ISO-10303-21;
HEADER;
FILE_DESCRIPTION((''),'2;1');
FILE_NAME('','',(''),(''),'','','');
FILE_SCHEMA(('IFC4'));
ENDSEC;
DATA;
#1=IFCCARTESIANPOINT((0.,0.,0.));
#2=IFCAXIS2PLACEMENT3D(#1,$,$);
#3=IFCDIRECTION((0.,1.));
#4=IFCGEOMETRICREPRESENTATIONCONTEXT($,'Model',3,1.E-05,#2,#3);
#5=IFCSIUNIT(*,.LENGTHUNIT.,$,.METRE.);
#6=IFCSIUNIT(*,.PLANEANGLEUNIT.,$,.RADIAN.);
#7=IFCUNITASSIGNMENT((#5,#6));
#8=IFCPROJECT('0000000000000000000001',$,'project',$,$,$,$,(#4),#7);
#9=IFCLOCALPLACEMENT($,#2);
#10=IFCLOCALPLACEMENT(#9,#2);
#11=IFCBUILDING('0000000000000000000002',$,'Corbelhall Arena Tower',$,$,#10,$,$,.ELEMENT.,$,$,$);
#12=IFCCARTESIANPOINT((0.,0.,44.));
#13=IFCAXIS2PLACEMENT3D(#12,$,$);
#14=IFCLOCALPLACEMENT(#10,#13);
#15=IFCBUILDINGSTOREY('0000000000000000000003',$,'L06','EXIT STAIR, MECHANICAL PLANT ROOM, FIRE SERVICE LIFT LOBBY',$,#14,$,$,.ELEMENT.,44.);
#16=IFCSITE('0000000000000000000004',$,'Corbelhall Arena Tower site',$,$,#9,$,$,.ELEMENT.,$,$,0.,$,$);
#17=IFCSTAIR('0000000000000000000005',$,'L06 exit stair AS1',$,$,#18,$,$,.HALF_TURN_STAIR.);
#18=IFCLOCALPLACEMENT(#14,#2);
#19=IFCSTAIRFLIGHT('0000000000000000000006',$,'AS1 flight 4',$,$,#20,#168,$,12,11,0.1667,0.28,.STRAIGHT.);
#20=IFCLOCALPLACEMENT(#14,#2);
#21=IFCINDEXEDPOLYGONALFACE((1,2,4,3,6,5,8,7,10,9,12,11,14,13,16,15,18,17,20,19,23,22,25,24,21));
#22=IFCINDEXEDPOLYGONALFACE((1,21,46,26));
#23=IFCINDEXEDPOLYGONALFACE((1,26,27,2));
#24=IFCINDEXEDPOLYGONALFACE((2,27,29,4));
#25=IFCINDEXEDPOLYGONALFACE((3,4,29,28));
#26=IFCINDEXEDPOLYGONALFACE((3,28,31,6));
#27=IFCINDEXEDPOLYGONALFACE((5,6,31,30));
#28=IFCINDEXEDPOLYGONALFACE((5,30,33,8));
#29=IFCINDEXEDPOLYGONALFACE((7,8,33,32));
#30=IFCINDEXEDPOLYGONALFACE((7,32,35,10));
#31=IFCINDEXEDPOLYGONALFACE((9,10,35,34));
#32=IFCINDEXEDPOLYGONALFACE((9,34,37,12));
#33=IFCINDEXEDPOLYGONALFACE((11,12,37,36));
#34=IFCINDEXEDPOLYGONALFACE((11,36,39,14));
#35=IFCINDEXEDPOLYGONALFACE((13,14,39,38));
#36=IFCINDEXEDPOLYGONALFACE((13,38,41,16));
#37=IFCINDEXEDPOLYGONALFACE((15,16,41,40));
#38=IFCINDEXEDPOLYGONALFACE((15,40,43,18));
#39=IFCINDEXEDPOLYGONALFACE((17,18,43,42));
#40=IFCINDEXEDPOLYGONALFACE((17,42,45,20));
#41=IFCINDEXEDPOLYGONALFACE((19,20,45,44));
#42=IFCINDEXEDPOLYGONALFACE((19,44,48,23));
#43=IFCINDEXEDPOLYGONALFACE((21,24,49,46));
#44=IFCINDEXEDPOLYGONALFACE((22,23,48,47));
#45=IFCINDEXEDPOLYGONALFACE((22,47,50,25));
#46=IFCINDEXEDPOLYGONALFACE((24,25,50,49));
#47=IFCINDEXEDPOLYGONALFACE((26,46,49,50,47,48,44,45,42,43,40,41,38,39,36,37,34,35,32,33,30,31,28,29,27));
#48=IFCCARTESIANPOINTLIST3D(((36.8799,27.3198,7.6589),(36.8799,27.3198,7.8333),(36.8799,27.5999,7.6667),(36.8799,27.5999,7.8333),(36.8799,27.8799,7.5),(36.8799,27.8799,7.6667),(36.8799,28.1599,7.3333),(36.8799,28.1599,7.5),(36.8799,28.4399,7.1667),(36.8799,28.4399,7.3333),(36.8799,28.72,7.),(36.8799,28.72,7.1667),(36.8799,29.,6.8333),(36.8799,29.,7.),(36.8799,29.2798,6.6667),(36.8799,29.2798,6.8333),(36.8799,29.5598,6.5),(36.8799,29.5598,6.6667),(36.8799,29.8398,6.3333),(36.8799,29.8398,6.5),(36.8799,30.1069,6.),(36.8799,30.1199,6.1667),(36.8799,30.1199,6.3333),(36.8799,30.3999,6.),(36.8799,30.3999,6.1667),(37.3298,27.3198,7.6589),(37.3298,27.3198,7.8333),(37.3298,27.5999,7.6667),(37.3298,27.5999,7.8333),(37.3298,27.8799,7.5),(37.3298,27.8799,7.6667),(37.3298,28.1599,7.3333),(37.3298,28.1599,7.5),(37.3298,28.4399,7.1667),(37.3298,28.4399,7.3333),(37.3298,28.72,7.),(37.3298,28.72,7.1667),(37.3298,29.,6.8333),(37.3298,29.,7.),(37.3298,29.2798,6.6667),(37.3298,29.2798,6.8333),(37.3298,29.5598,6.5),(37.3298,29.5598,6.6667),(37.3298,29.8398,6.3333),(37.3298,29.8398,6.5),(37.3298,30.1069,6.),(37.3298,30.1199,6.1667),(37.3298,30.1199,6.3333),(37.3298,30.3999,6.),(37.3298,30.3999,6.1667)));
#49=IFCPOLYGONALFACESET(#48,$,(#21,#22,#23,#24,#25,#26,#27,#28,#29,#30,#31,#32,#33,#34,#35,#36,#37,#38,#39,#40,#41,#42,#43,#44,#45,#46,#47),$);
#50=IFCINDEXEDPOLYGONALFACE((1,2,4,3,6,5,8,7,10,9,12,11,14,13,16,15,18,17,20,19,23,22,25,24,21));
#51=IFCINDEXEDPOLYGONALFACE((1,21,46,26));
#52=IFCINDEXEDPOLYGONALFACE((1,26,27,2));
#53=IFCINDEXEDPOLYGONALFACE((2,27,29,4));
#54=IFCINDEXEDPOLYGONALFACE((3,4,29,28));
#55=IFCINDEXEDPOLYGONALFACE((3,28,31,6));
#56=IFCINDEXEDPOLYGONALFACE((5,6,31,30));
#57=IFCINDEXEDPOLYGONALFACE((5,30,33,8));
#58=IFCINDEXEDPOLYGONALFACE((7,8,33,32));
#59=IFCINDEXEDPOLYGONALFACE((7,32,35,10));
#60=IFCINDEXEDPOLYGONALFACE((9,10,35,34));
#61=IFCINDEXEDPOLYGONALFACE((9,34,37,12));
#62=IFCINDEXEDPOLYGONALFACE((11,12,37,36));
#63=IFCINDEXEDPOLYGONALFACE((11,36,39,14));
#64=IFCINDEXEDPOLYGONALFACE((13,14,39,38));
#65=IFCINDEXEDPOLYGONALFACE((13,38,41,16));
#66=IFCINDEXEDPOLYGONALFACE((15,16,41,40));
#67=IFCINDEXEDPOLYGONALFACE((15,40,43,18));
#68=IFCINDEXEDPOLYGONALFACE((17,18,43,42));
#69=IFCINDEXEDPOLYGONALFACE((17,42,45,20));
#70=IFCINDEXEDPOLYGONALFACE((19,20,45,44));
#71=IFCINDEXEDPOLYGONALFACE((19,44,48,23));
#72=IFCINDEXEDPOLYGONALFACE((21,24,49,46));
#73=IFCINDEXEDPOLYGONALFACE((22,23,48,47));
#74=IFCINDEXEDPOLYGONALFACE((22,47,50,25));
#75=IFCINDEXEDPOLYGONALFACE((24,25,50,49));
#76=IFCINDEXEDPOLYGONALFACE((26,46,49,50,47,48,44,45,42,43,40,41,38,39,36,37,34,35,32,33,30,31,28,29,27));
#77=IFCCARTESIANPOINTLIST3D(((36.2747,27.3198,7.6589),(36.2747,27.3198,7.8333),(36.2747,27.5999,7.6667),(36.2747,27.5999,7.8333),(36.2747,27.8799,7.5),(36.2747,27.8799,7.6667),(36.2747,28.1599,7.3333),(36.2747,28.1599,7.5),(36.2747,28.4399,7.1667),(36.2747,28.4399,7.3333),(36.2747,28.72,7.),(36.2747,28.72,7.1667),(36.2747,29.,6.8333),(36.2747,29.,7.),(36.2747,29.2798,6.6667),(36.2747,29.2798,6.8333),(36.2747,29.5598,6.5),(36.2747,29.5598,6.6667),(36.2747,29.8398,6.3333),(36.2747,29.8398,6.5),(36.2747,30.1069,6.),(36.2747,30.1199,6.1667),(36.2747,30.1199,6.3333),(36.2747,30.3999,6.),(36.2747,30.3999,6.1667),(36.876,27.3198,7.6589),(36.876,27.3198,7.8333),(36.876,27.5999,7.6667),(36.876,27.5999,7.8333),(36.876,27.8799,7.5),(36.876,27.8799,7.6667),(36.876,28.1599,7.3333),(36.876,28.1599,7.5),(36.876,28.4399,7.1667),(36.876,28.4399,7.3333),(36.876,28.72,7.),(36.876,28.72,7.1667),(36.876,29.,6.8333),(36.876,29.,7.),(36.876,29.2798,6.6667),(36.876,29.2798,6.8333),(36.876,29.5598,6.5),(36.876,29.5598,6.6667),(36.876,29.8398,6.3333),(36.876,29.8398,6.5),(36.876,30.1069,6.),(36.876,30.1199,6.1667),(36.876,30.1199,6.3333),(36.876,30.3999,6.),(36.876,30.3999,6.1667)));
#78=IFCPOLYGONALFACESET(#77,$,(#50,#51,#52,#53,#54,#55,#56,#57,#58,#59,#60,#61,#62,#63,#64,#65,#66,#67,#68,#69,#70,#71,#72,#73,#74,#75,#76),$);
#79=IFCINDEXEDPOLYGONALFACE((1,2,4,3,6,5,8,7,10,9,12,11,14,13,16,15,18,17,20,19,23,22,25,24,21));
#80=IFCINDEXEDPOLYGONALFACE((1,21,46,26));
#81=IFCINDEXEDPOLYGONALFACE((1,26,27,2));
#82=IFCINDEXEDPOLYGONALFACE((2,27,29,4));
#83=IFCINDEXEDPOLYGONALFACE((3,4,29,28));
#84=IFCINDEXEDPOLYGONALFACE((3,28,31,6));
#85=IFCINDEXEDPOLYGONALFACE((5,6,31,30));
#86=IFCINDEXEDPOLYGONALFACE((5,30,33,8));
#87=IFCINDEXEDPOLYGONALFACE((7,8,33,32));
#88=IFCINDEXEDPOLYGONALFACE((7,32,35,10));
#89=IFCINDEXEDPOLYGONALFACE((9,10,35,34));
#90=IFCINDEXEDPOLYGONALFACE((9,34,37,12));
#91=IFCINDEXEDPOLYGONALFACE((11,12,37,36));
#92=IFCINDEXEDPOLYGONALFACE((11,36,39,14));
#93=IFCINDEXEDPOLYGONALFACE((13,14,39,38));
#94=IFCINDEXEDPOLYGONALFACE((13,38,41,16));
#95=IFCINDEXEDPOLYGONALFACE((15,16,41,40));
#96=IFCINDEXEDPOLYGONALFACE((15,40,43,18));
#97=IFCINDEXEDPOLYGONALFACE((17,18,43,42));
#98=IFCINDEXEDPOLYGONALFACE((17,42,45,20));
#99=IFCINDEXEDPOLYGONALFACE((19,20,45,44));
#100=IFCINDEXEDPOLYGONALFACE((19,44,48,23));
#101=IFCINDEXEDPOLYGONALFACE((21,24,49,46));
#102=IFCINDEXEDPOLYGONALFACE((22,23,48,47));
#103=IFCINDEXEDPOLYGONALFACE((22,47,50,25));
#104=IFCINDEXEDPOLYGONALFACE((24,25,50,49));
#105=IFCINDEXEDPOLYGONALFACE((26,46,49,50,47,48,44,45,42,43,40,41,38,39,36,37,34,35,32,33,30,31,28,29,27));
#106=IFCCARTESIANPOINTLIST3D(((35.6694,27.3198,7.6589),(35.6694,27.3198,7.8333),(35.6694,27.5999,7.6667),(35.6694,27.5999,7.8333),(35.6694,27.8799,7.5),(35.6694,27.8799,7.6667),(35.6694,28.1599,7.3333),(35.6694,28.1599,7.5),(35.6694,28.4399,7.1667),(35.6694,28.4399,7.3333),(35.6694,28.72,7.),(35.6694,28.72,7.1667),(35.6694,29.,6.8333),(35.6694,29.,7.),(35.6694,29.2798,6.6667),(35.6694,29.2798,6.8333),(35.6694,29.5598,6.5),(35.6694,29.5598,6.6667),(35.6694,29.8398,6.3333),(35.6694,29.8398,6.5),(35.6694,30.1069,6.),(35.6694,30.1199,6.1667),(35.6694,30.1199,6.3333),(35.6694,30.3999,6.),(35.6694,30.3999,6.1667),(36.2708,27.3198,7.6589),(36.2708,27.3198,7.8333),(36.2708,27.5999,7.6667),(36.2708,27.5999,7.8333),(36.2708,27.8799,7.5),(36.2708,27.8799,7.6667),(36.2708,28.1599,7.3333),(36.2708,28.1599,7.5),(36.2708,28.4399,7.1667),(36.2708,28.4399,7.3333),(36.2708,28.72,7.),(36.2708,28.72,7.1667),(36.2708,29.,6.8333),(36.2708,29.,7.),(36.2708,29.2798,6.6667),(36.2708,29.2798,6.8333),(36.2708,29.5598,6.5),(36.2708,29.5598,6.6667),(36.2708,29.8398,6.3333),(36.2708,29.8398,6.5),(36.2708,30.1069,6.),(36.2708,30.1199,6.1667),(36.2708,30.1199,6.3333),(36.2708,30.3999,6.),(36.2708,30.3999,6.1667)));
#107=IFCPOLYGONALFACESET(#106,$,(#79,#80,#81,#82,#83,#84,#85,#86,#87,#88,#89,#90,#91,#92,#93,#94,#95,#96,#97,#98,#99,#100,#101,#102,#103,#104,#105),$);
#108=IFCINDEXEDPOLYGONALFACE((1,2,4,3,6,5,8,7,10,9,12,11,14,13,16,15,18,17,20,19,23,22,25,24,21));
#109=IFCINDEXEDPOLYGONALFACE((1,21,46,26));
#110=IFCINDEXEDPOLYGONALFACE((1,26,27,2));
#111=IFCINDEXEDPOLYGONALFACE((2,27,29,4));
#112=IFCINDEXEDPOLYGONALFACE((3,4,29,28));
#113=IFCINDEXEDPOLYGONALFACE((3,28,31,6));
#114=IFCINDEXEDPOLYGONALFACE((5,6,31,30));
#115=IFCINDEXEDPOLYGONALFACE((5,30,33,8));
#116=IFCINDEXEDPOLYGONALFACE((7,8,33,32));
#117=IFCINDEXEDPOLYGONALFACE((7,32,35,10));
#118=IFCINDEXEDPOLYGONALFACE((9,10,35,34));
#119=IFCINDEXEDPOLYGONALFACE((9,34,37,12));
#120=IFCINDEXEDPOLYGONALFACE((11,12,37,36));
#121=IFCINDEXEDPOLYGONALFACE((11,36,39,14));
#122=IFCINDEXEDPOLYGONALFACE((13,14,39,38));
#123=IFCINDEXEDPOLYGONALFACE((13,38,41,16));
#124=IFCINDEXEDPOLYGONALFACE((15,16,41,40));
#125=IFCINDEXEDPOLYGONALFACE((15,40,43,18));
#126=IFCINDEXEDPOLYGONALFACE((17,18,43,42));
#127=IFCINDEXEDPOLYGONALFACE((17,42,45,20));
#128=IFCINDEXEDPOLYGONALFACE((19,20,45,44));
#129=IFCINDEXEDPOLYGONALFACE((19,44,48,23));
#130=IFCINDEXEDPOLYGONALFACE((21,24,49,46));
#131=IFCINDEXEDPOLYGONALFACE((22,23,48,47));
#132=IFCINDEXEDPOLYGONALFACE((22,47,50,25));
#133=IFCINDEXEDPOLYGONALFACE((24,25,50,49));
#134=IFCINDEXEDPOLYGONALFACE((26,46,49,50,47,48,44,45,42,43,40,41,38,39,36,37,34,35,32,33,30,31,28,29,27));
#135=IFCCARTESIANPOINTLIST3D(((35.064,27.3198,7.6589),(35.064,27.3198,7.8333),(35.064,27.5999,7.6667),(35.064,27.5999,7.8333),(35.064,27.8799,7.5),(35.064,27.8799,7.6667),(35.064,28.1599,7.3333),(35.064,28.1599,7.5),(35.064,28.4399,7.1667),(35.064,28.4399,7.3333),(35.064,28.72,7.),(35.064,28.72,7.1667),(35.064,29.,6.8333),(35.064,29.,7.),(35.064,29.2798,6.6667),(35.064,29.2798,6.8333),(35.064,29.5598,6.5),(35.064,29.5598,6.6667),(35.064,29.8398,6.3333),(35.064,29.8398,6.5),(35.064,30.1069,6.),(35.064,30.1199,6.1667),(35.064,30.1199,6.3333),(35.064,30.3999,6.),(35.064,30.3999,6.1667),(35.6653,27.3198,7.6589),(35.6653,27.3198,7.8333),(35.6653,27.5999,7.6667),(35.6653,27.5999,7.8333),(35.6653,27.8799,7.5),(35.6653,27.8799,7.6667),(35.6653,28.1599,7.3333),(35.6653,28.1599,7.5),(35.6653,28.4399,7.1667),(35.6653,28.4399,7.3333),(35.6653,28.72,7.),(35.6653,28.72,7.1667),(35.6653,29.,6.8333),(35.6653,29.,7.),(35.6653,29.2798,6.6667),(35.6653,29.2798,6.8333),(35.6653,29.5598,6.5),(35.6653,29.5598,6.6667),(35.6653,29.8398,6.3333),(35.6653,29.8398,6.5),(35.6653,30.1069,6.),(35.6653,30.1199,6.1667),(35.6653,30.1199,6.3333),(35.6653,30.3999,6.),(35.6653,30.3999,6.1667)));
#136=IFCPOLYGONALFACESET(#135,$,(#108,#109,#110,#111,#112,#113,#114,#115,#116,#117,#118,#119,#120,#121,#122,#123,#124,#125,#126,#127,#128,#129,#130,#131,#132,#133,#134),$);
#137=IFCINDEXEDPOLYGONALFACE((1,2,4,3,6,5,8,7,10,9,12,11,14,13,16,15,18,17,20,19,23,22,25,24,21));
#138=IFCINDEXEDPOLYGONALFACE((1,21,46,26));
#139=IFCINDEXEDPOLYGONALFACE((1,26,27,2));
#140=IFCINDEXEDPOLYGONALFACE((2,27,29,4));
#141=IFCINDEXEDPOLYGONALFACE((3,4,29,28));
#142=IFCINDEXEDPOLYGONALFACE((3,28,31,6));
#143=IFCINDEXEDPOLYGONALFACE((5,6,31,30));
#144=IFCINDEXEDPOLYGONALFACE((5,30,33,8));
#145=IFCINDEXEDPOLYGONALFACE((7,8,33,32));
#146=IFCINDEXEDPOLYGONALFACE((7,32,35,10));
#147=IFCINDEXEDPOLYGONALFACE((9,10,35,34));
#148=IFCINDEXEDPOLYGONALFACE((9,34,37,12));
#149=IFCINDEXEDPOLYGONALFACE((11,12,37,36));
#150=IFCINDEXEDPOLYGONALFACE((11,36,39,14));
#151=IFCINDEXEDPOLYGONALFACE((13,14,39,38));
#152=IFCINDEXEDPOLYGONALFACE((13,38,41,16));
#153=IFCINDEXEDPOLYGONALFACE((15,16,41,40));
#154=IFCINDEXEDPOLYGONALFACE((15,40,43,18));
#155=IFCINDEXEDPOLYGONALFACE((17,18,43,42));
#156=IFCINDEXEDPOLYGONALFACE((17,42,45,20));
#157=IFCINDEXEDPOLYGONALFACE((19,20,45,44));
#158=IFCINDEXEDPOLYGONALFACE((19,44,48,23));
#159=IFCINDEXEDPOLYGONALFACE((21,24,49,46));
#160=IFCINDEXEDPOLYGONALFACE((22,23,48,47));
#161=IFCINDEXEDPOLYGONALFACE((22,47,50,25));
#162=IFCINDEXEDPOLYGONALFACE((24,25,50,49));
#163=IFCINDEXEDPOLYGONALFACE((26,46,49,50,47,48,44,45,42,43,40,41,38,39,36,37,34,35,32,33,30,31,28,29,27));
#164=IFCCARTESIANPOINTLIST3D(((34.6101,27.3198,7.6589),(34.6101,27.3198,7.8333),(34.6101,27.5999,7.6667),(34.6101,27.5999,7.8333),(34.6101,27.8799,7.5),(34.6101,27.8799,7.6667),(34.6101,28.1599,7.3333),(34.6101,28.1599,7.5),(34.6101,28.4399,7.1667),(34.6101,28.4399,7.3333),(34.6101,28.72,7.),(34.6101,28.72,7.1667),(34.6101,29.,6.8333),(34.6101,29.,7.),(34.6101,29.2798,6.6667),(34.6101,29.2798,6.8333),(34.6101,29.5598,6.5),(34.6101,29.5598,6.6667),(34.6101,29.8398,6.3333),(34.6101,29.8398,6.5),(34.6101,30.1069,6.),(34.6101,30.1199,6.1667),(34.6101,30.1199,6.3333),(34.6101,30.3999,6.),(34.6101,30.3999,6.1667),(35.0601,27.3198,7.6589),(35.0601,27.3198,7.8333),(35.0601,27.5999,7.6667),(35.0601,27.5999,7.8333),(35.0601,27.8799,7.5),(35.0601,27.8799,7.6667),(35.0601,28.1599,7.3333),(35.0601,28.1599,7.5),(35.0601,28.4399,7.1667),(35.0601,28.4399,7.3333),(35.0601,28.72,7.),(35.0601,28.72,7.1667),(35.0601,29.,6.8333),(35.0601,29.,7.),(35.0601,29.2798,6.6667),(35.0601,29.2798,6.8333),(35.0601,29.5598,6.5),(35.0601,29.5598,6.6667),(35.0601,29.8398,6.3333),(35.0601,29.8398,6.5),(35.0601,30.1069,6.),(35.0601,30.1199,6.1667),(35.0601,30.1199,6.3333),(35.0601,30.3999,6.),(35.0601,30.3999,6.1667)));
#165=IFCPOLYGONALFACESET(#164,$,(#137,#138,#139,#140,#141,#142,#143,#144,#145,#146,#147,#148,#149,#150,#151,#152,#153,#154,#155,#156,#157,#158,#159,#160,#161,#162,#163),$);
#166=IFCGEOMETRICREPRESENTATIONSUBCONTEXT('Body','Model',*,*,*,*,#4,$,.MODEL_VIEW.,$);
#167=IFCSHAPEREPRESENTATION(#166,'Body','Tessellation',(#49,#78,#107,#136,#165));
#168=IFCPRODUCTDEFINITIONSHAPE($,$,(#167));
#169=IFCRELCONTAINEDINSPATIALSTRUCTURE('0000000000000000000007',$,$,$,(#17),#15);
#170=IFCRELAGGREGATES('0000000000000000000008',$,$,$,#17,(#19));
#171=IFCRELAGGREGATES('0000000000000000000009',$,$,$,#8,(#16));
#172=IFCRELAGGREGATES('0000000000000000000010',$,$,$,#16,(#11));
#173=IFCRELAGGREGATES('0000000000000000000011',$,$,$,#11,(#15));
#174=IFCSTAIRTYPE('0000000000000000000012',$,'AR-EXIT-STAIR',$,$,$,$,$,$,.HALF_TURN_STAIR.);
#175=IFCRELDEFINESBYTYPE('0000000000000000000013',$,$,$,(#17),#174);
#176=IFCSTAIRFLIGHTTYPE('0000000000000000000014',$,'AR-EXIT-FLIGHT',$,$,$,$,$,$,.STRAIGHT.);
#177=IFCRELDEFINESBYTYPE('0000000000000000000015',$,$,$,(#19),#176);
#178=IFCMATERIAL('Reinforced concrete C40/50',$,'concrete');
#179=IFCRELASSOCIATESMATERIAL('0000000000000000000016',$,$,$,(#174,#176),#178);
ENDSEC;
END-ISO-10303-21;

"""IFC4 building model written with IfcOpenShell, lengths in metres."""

from ifc_helpers import new_model, si_unit, direction, frame, origin, place, context, subcontext, project, spatial, polyline, outline, extrude, material, type_object, element, aggregate, save


model = new_model("IFC4")

# Units and contexts
model_context = context("Model", 3, precision=1e-05, world=origin(), true_north=direction((0.0, 1.0)))
body_context = subcontext(model_context, "Body", "Model", "MODEL_VIEW")
ifc_project = project(units=[si_unit("LENGTHUNIT", "METRE"), si_unit("PLANEANGLEUNIT", "RADIAN")], contexts=[model_context])

# Site, building, storey
site_placement = place(None, origin())
site = spatial("IfcSite", under=ifc_project, at=site_placement, Name="Corbelhall Arena Tower site", CompositionType="ELEMENT", RefElevation=0.0)
building_placement = place(site_placement, origin())
building = spatial("IfcBuilding", under=site, at=building_placement, Name="Corbelhall Arena Tower", CompositionType="ELEMENT")
storey_placement = place(building_placement, frame((0.0, 0.0, 44.0)))
storey = spatial("IfcBuildingStorey", under=building, at=storey_placement, Name="L06", Description="EXIT STAIR, MECHANICAL PLANT ROOM, FIRE SERVICE LIFT LOBBY", CompositionType="ELEMENT", Elevation=44.0)

# Shared definitions
ifc_material_1 = material(Name="Reinforced concrete C40/50", Category="concrete")

# Stair, stair flight
stair_type = type_object("IfcStairType", Name="AR-EXIT-STAIR", PredefinedType="HALF_TURN_STAIR", material=ifc_material_1)
stair_1_placement = place(storey_placement, origin())
stair_1 = element("IfcStair", 1, at=stair_1_placement, inside=storey, type_object=stair_type, Name="L06 exit stair AS1", PredefinedType="HALF_TURN_STAIR")
stair_flight_type = type_object("IfcStairFlightType", Name="AR-EXIT-FLIGHT", PredefinedType="STRAIGHT", material=ifc_material_1)
stair_flight_1_placement = place(storey_placement, frame((35.97, 30.3999, 6.0), z_axis=(0.0, 0.0, 1.0), x_axis=(0.0, -1.0, 0.0)))
stair_flight_1 = element("IfcStairFlight", 2, at=stair_flight_1_placement, type_object=stair_flight_type, Name="AS1 flight 4", NumberOfRisers=12, NumberOfTreads=11, PredefinedType="STRAIGHT", RiserHeight=0.1667, TreadLength=0.28, context=body_context, shape_type="SweptSolid", body=[
    extrude(outline(polyline([(0.0, 0.0), (0.0, 0.1667), (0.28, 0.1667), (0.28, 0.3333), (0.5601, 0.3333), (0.5601, 0.5), (0.8401, 0.5), (0.8401, 0.6667), (1.1201, 0.6667), (1.1201, 0.8333), (1.3999, 0.8333), (1.3999, 1.0), (1.6799, 1.0), (1.6799, 1.1667), (1.96, 1.1667), (1.96, 1.3333), (2.24, 1.3333), (2.24, 1.5), (2.52, 1.5), (2.52, 1.6667), (2.8, 1.6667), (2.8, 1.8333), (3.0801, 1.8333), (3.0801, 2.0), (3.0801, 1.6589), (0.293, 0.0), (0.0, 0.0)])), frame((0.0, 1.3599, 0.0), z_axis=(0.0, -1.0, 0.0), x_axis=(1.0, 0.0, 0.0)), (0.0, 0.0, 1.0), 0.45),
    extrude(outline(polyline([(0.0, 0.0), (0.0, 0.1667), (0.28, 0.1667), (0.28, 0.3333), (0.5601, 0.3333), (0.5601, 0.5), (0.8401, 0.5), (0.8401, 0.6667), (1.1201, 0.6667), (1.1201, 0.8333), (1.3999, 0.8333), (1.3999, 1.0), (1.6799, 1.0), (1.6799, 1.1667), (1.96, 1.1667), (1.96, 1.3333), (2.24, 1.3333), (2.24, 1.5), (2.52, 1.5), (2.52, 1.6667), (2.8, 1.6667), (2.8, 1.8333), (3.0801, 1.8333), (3.0801, 2.0), (3.0801, 1.6589), (0.293, 0.0), (0.0, 0.0)])), frame((0.0, 0.906, 0.0), z_axis=(0.0, -1.0, 0.0), x_axis=(1.0, 0.0, 0.0)), (0.0, 0.0, 1.0), 0.6013),
    extrude(outline(polyline([(0.0, 0.0), (0.0, 0.1667), (0.28, 0.1667), (0.28, 0.3333), (0.5601, 0.3333), (0.5601, 0.5), (0.8401, 0.5), (0.8401, 0.6667), (1.1201, 0.6667), (1.1201, 0.8333), (1.3999, 0.8333), (1.3999, 1.0), (1.6799, 1.0), (1.6799, 1.1667), (1.96, 1.1667), (1.96, 1.3333), (2.24, 1.3333), (2.24, 1.5), (2.52, 1.5), (2.52, 1.6667), (2.8, 1.6667), (2.8, 1.8333), (3.0801, 1.8333), (3.0801, 2.0), (3.0801, 1.6589), (0.293, 0.0), (0.0, 0.0)])), frame((0.0, 0.3008, 0.0), z_axis=(0.0, -1.0, 0.0), x_axis=(1.0, 0.0, 0.0)), (0.0, 0.0, 1.0), 0.6013),
    extrude(outline(polyline([(0.0, 0.0), (0.0, 0.1667), (0.28, 0.1667), (0.28, 0.3333), (0.5601, 0.3333), (0.5601, 0.5), (0.8401, 0.5), (0.8401, 0.6667), (1.1201, 0.6667), (1.1201, 0.8333), (1.3999, 0.8333), (1.3999, 1.0), (1.6799, 1.0), (1.6799, 1.1667), (1.96, 1.1667), (1.96, 1.3333), (2.24, 1.3333), (2.24, 1.5), (2.52, 1.5), (2.52, 1.6667), (2.8, 1.6667), (2.8, 1.8333), (3.0801, 1.8333), (3.0801, 2.0), (3.0801, 1.6589), (0.293, 0.0), (0.0, 0.0)])), frame((0.0, -0.3047, 0.0), z_axis=(0.0, -1.0, 0.0), x_axis=(1.0, 0.0, 0.0)), (0.0, 0.0, 1.0), 0.6013),
    extrude(outline(polyline([(0.0, 0.0), (0.0, 0.1667), (0.28, 0.1667), (0.28, 0.3333), (0.5601, 0.3333), (0.5601, 0.5), (0.8401, 0.5), (0.8401, 0.6667), (1.1201, 0.6667), (1.1201, 0.8333), (1.3999, 0.8333), (1.3999, 1.0), (1.6799, 1.0), (1.6799, 1.1667), (1.96, 1.1667), (1.96, 1.3333), (2.24, 1.3333), (2.24, 1.5), (2.52, 1.5), (2.52, 1.6667), (2.8, 1.6667), (2.8, 1.8333), (3.0801, 1.8333), (3.0801, 2.0), (3.0801, 1.6589), (0.293, 0.0), (0.0, 0.0)])), frame((0.0, -0.9099, 0.0), z_axis=(0.0, -1.0, 0.0), x_axis=(1.0, 0.0, 0.0)), (0.0, 0.0, 1.0), 0.45),
])
aggregate(stair_1, [stair_flight_1])

save(model, "model.ifc")
